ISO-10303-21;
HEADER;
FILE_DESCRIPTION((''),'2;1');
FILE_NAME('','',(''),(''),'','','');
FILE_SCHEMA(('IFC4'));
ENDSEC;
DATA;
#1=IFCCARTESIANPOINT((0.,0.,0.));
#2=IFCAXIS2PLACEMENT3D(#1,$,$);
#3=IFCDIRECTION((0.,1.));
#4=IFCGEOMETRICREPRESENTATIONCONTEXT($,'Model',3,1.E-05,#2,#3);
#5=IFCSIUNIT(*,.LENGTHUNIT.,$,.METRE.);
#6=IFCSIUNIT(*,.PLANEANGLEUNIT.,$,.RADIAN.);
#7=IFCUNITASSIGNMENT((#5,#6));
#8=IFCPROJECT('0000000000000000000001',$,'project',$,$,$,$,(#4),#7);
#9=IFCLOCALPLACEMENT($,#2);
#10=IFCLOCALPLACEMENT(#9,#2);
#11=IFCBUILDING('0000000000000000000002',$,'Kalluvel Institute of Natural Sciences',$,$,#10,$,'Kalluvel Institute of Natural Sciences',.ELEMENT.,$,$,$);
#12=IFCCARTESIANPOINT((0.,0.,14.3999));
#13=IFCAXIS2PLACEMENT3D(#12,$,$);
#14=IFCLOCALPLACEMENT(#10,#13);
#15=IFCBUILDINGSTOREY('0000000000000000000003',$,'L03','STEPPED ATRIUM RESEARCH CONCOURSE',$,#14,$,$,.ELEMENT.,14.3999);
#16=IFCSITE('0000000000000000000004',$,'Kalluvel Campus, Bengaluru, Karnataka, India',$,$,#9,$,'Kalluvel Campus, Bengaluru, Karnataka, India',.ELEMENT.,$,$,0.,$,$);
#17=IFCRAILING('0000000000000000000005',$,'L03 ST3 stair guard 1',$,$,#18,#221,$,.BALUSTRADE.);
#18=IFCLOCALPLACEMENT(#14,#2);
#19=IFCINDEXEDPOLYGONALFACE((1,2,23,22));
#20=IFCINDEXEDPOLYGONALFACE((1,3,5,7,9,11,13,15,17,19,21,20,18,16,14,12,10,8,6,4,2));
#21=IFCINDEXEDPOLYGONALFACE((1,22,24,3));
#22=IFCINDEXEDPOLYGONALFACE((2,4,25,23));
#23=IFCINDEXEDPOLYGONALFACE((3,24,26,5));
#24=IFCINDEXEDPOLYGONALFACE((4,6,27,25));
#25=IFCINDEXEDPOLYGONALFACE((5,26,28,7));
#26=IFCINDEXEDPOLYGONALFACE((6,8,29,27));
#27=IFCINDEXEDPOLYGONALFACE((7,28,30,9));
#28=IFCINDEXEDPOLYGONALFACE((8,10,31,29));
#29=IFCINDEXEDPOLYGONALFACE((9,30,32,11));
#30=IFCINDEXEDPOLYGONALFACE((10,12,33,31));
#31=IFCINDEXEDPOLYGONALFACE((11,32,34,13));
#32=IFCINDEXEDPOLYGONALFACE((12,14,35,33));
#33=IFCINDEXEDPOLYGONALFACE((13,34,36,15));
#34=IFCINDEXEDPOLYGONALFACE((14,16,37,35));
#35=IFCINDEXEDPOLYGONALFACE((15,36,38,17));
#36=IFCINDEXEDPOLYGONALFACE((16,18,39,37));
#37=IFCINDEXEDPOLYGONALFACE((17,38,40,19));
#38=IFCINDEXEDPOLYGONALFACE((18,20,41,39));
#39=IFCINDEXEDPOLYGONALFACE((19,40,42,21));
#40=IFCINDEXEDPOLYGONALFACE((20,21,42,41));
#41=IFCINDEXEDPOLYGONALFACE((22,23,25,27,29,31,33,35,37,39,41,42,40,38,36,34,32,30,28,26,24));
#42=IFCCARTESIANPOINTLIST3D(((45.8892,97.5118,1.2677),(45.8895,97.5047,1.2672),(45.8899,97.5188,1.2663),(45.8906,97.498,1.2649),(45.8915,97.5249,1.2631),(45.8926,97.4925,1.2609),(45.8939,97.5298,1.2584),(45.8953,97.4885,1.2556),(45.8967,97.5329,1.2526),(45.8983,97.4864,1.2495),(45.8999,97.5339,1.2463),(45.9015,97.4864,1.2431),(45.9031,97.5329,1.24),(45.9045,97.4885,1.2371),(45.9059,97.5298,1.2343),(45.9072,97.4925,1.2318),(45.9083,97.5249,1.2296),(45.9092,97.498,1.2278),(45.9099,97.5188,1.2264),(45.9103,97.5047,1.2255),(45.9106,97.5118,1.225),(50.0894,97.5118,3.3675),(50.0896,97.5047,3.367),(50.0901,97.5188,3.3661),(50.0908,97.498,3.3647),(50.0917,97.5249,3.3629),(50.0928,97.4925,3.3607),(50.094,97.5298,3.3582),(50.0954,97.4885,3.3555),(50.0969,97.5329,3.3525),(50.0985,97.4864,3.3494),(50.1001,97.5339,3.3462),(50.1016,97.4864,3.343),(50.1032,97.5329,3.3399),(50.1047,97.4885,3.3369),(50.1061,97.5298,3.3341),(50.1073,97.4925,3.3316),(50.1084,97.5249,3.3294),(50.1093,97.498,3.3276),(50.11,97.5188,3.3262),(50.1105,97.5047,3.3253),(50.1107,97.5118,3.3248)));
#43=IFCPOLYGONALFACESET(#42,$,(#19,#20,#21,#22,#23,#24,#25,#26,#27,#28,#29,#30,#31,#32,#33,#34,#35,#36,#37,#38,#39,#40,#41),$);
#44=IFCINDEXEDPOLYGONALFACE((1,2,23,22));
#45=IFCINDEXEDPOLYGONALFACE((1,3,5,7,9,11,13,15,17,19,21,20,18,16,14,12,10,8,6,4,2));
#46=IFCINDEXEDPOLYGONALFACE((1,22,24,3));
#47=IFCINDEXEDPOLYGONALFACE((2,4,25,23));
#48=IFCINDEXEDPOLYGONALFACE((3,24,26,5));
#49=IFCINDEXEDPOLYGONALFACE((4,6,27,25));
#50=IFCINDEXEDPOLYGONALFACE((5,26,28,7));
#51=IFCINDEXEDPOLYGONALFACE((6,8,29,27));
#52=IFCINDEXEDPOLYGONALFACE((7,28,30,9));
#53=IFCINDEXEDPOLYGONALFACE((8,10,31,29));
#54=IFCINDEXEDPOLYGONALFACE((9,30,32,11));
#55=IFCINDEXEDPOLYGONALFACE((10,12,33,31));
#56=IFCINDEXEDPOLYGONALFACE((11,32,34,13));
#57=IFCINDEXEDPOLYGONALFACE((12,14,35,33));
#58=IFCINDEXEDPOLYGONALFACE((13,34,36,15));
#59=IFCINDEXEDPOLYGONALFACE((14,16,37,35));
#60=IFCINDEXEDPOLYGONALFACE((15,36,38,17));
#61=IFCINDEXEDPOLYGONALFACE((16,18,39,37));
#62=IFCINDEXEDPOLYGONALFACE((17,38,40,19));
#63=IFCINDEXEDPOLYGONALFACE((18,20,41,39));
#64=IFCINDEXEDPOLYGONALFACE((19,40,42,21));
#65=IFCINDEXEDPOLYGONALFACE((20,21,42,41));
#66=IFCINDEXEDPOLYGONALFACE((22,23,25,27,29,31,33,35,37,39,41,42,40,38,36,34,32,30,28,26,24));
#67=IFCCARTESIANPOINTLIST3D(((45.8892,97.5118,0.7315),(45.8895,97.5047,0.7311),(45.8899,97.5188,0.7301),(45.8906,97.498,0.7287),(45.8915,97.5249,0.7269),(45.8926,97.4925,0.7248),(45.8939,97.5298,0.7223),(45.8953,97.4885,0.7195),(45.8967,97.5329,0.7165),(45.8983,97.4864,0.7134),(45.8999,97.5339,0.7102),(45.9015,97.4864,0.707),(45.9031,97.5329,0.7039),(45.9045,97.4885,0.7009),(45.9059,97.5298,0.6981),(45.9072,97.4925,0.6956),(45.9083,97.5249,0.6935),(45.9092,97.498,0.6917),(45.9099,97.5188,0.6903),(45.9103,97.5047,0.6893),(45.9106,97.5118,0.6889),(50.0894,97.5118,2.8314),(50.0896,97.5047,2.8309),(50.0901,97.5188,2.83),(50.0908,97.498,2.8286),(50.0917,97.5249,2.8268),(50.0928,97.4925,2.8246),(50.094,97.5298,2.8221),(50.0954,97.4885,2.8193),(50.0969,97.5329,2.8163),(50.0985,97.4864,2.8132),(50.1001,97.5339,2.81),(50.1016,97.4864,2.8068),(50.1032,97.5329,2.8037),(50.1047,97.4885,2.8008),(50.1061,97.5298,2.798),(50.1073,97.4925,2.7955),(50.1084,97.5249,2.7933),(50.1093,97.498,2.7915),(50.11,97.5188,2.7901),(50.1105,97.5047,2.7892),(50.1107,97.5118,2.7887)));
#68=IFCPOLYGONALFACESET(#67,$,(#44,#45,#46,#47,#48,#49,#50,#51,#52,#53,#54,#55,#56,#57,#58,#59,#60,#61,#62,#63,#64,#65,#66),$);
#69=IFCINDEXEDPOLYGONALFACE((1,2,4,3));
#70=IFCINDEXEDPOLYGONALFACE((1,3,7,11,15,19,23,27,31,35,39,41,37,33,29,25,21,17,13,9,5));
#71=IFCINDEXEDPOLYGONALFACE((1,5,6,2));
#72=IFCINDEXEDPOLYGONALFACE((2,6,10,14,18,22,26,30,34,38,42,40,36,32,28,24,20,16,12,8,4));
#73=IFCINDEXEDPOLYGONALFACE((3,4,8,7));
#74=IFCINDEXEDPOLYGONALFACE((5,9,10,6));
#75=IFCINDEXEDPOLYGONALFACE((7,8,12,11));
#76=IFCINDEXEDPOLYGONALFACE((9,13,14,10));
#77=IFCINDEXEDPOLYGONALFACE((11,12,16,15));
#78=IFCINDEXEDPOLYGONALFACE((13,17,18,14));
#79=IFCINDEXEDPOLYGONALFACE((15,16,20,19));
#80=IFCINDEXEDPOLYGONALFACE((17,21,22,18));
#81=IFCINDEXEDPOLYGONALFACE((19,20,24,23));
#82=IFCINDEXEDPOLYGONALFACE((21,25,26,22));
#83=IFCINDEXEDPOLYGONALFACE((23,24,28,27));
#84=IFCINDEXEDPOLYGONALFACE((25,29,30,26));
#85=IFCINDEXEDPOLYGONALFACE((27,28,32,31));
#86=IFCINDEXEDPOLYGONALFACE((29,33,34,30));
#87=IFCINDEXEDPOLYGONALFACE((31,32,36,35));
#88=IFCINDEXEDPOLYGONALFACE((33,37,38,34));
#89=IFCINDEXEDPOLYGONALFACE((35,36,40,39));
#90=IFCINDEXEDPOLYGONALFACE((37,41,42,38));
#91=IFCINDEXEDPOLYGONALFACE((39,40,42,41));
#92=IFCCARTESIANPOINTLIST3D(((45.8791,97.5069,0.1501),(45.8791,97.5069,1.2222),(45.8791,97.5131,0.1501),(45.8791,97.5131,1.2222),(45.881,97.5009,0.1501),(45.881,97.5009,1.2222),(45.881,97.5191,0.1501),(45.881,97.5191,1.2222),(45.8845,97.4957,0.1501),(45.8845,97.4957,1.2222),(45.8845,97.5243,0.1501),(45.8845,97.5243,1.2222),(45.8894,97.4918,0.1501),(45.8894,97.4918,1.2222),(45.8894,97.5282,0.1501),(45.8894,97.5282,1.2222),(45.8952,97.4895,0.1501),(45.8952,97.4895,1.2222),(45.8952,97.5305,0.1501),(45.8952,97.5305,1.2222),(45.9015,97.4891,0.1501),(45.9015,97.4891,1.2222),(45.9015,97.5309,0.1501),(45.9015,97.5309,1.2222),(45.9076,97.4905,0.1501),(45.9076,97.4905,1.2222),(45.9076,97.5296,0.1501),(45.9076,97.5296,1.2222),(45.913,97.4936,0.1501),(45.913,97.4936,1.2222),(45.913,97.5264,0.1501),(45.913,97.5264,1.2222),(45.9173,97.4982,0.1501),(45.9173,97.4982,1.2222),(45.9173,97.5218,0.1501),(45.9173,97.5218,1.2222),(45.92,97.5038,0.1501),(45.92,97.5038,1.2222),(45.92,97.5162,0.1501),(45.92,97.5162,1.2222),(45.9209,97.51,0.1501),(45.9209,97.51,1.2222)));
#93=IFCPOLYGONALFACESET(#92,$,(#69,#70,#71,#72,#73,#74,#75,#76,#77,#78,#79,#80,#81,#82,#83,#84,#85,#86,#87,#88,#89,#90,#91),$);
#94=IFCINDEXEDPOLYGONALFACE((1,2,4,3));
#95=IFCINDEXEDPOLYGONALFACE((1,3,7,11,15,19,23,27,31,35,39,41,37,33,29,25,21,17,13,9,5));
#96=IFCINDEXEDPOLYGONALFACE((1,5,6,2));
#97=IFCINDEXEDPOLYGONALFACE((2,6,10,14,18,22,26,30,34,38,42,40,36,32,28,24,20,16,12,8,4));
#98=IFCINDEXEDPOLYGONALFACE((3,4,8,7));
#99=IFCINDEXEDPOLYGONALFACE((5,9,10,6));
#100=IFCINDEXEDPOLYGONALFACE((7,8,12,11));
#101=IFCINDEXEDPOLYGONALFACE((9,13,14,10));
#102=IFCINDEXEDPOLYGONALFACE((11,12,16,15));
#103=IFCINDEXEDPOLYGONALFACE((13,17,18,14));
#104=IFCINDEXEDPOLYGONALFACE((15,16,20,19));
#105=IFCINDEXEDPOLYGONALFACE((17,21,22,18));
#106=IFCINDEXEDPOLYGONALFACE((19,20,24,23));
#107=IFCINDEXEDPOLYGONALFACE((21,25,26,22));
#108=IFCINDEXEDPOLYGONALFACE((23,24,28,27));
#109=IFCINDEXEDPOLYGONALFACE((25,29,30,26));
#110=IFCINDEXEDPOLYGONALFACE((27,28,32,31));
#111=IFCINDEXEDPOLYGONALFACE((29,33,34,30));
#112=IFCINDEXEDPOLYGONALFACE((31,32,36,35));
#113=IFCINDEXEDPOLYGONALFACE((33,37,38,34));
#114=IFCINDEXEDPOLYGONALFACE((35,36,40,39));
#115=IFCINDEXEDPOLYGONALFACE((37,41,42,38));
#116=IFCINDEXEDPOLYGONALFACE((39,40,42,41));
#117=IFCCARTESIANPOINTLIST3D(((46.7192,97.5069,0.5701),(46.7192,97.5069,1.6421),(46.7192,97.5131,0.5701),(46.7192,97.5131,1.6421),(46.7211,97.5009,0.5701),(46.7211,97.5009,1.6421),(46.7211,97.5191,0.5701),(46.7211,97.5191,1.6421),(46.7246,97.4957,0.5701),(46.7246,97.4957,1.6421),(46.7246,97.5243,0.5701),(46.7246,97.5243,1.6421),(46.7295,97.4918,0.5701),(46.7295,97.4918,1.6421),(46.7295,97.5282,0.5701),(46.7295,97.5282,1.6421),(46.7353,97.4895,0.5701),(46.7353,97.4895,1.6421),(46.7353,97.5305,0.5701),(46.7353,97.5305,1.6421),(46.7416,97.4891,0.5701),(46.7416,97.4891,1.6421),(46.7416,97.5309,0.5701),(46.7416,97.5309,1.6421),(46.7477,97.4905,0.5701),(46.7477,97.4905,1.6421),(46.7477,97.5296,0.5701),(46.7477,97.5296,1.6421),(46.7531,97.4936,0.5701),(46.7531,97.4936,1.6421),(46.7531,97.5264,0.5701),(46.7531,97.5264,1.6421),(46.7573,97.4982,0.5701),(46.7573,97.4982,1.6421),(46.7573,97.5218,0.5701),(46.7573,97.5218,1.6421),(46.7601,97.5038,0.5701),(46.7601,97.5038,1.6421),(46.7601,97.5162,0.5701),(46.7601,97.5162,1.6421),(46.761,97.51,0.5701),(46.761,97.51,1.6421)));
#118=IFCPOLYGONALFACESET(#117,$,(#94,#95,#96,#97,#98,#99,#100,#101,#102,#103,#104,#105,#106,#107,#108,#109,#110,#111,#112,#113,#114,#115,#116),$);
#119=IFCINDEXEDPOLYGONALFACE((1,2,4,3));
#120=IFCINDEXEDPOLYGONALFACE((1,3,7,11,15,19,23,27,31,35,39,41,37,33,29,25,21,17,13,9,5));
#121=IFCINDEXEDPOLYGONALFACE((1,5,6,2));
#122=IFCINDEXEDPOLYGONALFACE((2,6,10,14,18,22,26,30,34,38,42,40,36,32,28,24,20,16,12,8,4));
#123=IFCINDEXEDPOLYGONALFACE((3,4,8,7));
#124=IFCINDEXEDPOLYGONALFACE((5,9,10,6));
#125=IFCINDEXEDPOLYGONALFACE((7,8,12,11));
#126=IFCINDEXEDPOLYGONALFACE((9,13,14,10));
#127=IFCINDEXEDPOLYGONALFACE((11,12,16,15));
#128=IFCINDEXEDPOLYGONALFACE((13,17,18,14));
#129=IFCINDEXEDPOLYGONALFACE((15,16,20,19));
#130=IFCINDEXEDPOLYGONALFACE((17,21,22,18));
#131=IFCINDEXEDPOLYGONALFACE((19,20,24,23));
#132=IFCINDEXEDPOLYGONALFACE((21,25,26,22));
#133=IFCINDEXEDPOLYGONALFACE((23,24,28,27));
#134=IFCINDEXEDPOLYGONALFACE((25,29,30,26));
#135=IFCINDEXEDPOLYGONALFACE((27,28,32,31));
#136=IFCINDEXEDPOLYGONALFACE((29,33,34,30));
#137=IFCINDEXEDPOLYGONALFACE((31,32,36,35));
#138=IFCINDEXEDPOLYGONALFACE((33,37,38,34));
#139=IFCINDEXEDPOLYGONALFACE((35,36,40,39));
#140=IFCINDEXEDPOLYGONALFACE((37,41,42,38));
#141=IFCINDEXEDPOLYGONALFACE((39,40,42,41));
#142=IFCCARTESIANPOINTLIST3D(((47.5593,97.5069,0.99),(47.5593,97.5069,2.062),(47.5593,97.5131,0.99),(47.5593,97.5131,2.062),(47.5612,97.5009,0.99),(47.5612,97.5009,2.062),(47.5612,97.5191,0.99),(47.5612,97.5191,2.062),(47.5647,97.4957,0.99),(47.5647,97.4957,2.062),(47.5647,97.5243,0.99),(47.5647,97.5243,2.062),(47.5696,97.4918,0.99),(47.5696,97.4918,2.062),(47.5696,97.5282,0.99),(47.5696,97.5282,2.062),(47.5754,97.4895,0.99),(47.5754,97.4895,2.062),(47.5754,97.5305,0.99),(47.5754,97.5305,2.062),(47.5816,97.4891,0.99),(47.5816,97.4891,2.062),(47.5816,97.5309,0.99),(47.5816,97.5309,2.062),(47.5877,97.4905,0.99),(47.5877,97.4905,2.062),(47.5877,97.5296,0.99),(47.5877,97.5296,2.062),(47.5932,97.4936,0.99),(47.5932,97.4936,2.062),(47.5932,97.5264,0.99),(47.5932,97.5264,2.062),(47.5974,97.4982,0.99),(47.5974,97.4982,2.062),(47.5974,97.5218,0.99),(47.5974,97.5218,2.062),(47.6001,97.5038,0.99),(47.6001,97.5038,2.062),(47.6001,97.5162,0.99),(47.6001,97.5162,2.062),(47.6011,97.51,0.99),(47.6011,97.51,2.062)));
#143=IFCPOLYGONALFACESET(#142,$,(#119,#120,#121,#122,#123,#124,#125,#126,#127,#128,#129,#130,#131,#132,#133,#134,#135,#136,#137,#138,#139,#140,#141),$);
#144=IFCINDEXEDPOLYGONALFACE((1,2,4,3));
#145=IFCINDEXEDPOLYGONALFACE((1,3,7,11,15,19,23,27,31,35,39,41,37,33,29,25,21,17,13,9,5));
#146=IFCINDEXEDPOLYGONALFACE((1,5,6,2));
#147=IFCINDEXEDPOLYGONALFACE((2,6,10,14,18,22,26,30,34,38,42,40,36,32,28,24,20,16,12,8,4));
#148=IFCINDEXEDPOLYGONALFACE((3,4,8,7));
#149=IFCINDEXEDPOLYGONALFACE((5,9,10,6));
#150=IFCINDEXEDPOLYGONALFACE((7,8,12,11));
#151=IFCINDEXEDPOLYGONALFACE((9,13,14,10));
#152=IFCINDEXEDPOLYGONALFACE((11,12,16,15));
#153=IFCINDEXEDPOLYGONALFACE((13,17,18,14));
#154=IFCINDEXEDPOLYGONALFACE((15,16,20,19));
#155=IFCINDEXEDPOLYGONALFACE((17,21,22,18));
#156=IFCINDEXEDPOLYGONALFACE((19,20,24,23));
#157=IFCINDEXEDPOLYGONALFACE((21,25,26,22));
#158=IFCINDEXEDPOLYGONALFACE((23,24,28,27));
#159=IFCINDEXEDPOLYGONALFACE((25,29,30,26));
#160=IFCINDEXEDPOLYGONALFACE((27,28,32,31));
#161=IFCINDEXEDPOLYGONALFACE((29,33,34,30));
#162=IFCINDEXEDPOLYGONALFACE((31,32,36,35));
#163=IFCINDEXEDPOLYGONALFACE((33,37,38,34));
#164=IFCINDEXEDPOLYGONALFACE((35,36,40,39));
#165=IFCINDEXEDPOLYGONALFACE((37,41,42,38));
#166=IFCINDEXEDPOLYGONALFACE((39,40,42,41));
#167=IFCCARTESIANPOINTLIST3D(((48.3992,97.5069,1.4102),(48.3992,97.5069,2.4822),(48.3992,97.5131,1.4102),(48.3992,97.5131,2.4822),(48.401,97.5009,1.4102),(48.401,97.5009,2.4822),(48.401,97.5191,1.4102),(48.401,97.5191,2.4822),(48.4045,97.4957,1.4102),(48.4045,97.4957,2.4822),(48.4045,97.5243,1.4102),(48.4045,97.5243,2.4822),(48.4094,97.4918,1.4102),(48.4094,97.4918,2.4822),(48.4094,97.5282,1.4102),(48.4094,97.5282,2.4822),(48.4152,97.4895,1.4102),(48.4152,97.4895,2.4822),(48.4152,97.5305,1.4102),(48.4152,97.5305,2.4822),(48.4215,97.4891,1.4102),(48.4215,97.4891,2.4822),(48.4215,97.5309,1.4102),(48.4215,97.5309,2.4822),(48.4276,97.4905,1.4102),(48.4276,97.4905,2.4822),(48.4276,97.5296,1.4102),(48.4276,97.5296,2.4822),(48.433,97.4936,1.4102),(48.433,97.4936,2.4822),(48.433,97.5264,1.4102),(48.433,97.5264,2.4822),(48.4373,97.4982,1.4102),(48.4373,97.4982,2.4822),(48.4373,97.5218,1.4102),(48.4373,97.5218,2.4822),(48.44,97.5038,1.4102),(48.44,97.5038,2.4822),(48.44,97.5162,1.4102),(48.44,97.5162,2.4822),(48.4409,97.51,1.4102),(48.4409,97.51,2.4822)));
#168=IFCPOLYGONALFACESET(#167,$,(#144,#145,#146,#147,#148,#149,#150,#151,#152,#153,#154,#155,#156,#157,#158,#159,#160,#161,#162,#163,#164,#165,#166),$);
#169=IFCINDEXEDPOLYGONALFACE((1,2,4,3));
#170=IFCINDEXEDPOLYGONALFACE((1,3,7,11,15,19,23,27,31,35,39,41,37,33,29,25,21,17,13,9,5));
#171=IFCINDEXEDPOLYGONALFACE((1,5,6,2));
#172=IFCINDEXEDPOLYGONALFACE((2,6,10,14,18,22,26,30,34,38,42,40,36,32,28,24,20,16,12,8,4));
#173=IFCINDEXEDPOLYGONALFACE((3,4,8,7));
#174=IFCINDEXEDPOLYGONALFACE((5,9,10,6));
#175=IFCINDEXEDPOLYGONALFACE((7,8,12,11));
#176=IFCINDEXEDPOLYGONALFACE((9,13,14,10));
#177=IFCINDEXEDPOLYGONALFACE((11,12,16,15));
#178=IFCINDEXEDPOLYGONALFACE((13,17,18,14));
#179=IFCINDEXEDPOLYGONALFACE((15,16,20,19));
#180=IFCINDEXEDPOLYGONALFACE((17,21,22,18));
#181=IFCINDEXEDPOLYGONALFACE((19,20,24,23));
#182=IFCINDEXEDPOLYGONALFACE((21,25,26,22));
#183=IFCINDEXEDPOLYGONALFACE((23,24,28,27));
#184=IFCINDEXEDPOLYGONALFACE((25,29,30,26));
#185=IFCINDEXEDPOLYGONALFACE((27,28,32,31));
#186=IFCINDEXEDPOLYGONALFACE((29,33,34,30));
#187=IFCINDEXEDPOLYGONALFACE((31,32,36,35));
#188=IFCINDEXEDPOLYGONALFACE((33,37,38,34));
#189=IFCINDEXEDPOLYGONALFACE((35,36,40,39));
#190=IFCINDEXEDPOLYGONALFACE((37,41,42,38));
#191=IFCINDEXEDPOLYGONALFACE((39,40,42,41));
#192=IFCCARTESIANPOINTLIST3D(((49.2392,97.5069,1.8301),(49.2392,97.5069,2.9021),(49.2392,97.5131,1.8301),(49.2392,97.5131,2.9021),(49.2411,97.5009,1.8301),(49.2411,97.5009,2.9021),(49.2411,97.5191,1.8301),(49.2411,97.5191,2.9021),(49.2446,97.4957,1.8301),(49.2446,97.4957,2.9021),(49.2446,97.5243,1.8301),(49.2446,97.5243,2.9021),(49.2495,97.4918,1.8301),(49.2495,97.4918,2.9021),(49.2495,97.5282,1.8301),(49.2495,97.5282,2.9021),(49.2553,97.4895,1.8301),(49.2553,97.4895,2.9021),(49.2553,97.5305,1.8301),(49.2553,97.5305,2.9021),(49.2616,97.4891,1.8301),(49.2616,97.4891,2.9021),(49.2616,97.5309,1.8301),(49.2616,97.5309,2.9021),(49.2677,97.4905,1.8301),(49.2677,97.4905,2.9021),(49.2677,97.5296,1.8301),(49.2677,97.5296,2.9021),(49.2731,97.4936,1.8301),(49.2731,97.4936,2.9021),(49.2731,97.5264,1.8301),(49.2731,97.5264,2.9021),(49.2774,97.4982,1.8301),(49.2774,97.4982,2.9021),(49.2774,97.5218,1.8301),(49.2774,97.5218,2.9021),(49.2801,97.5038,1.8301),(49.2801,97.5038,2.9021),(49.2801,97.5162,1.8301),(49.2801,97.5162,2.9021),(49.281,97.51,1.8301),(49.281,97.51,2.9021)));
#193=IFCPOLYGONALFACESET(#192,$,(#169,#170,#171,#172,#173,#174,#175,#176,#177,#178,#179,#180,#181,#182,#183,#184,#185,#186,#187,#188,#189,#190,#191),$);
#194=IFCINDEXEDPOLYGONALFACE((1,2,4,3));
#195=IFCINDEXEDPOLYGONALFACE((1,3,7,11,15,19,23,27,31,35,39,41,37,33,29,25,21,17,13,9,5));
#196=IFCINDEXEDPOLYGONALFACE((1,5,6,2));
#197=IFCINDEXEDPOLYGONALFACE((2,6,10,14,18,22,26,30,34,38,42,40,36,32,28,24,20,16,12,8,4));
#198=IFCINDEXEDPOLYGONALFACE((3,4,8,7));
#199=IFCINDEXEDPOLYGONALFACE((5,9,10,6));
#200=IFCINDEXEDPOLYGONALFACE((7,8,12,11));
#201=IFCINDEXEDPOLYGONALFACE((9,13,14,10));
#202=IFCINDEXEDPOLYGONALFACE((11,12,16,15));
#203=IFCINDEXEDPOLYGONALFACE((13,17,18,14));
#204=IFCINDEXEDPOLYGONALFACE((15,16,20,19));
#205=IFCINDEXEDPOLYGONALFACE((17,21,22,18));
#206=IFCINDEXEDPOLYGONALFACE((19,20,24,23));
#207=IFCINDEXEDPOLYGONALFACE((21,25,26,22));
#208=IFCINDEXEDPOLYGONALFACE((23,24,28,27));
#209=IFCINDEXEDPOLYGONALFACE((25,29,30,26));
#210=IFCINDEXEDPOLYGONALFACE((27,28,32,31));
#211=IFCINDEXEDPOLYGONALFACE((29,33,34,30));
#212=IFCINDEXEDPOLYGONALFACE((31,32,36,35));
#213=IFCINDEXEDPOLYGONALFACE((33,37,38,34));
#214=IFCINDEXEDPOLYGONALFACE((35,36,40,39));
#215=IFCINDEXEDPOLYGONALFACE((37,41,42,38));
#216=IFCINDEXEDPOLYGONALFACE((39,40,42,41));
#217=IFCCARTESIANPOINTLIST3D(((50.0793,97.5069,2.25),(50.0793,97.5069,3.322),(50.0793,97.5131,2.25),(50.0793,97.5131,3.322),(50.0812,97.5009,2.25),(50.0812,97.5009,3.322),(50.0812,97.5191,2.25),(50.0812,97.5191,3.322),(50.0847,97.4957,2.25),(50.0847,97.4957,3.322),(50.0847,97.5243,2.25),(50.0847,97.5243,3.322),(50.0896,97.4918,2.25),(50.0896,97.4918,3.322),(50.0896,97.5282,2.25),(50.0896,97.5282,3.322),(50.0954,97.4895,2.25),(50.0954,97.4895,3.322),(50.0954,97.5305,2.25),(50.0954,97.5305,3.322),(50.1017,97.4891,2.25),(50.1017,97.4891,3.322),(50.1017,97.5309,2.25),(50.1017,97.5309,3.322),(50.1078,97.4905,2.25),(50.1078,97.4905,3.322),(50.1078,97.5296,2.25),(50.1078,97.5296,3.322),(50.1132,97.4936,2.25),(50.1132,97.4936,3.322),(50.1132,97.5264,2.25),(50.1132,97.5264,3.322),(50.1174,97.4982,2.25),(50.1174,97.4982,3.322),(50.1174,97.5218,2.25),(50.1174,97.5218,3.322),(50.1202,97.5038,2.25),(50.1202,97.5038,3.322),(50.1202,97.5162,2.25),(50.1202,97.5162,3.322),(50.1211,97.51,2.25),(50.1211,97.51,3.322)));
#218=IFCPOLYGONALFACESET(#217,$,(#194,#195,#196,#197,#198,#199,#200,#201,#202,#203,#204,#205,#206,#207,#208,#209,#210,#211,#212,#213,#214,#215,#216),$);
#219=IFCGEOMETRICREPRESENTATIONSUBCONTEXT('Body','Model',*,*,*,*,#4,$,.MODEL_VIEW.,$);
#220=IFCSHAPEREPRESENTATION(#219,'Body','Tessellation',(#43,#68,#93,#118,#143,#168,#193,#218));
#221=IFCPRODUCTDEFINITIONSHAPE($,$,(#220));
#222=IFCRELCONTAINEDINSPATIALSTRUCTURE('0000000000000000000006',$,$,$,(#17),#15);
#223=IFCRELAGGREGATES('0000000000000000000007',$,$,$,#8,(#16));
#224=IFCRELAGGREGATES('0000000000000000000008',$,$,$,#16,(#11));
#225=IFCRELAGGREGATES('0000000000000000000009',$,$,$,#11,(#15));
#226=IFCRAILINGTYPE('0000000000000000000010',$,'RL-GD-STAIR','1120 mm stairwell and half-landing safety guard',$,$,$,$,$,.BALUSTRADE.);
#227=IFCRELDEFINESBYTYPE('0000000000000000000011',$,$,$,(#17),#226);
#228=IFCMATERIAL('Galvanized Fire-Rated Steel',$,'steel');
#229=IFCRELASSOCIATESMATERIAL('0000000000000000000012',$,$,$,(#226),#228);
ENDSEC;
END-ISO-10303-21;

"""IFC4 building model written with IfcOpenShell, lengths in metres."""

from ifc_helpers import new_model, si_unit, direction, frame, origin, origin_2d, place, context, subcontext, project, spatial, circle, extrude, material, type_object, element, save


model = new_model("IFC4")

# Units and contexts
model_context = context("Model", 3, precision=1e-05, world=origin(), true_north=direction((0.0, 1.0)))
body_context = subcontext(model_context, "Body", "Model", "MODEL_VIEW")
ifc_project = project(units=[si_unit("LENGTHUNIT", "METRE"), si_unit("PLANEANGLEUNIT", "RADIAN")], contexts=[model_context])

# Site, building, storey
site_placement = place(None, origin())
site = spatial("IfcSite", under=ifc_project, at=site_placement, Name="Kalluvel Campus, Bengaluru, Karnataka, India", LongName="Kalluvel Campus, Bengaluru, Karnataka, India", CompositionType="ELEMENT", RefElevation=0.0)
building_placement = place(site_placement, origin())
building = spatial("IfcBuilding", under=site, at=building_placement, Name="Kalluvel Institute of Natural Sciences", LongName="Kalluvel Institute of Natural Sciences", CompositionType="ELEMENT")
storey_placement = place(building_placement, frame((0.0, 0.0, 14.3999)))
storey = spatial("IfcBuildingStorey", under=building, at=storey_placement, Name="L03", Description="STEPPED ATRIUM RESEARCH CONCOURSE", CompositionType="ELEMENT", Elevation=14.3999)

# Shared definitions
ifc_material_1 = material(Name="Galvanized Fire-Rated Steel", Category="steel")

# Railing
railing_type_1 = type_object("IfcRailingType", Name="RL-GD-STAIR", Description="1120 mm stairwell and half-landing safety guard", PredefinedType="BALUSTRADE", material=ifc_material_1)
railing_1_placement = place(storey_placement, frame((45.8999, 97.51, 0.1501)))
element("IfcRailing", 1, at=railing_1_placement, inside=storey, type_object=railing_type_1, Name="L03 ST3 stair guard 1", PredefinedType="BALUSTRADE", context=body_context, shape_type="SweptSolid", body=[
    extrude(circle(Radius=0.0239, at=origin_2d()), frame((0.0, 0.0, 1.0962), z_axis=(0.894448, 0.0, 0.447172), x_axis=(0.0, 1.0, 0.0)), (0.0, 0.0, 1.0), 4.6958),
    extrude(circle(Radius=0.0239, at=origin_2d()), frame((0.0, 0.0, 0.5601), z_axis=(0.894448, 0.0, 0.447172), x_axis=(0.0, 1.0, 0.0)), (0.0, 0.0, 1.0), 4.6958),
    extrude(circle(Radius=0.021, at=origin_2d()), origin(), (0.0, 0.0, 1.0), 1.072),
    extrude(circle(Radius=0.021, at=origin_2d()), frame((0.8401, 0.0, 0.4199)), (0.0, 0.0, 1.0), 1.072),
    extrude(circle(Radius=0.021, at=origin_2d()), frame((1.6802, 0.0, 0.8398)), (0.0, 0.0, 1.0), 1.072),
    extrude(circle(Radius=0.021, at=origin_2d()), frame((2.52, 0.0, 1.26)), (0.0, 0.0, 1.0), 1.072),
    extrude(circle(Radius=0.021, at=origin_2d()), frame((3.3601, 0.0, 1.6799)), (0.0, 0.0, 1.0), 1.072),
    extrude(circle(Radius=0.021, at=origin_2d()), frame((4.2002, 0.0, 2.0999)), (0.0, 0.0, 1.0), 1.072),
])

save(model, "model.ifc")
